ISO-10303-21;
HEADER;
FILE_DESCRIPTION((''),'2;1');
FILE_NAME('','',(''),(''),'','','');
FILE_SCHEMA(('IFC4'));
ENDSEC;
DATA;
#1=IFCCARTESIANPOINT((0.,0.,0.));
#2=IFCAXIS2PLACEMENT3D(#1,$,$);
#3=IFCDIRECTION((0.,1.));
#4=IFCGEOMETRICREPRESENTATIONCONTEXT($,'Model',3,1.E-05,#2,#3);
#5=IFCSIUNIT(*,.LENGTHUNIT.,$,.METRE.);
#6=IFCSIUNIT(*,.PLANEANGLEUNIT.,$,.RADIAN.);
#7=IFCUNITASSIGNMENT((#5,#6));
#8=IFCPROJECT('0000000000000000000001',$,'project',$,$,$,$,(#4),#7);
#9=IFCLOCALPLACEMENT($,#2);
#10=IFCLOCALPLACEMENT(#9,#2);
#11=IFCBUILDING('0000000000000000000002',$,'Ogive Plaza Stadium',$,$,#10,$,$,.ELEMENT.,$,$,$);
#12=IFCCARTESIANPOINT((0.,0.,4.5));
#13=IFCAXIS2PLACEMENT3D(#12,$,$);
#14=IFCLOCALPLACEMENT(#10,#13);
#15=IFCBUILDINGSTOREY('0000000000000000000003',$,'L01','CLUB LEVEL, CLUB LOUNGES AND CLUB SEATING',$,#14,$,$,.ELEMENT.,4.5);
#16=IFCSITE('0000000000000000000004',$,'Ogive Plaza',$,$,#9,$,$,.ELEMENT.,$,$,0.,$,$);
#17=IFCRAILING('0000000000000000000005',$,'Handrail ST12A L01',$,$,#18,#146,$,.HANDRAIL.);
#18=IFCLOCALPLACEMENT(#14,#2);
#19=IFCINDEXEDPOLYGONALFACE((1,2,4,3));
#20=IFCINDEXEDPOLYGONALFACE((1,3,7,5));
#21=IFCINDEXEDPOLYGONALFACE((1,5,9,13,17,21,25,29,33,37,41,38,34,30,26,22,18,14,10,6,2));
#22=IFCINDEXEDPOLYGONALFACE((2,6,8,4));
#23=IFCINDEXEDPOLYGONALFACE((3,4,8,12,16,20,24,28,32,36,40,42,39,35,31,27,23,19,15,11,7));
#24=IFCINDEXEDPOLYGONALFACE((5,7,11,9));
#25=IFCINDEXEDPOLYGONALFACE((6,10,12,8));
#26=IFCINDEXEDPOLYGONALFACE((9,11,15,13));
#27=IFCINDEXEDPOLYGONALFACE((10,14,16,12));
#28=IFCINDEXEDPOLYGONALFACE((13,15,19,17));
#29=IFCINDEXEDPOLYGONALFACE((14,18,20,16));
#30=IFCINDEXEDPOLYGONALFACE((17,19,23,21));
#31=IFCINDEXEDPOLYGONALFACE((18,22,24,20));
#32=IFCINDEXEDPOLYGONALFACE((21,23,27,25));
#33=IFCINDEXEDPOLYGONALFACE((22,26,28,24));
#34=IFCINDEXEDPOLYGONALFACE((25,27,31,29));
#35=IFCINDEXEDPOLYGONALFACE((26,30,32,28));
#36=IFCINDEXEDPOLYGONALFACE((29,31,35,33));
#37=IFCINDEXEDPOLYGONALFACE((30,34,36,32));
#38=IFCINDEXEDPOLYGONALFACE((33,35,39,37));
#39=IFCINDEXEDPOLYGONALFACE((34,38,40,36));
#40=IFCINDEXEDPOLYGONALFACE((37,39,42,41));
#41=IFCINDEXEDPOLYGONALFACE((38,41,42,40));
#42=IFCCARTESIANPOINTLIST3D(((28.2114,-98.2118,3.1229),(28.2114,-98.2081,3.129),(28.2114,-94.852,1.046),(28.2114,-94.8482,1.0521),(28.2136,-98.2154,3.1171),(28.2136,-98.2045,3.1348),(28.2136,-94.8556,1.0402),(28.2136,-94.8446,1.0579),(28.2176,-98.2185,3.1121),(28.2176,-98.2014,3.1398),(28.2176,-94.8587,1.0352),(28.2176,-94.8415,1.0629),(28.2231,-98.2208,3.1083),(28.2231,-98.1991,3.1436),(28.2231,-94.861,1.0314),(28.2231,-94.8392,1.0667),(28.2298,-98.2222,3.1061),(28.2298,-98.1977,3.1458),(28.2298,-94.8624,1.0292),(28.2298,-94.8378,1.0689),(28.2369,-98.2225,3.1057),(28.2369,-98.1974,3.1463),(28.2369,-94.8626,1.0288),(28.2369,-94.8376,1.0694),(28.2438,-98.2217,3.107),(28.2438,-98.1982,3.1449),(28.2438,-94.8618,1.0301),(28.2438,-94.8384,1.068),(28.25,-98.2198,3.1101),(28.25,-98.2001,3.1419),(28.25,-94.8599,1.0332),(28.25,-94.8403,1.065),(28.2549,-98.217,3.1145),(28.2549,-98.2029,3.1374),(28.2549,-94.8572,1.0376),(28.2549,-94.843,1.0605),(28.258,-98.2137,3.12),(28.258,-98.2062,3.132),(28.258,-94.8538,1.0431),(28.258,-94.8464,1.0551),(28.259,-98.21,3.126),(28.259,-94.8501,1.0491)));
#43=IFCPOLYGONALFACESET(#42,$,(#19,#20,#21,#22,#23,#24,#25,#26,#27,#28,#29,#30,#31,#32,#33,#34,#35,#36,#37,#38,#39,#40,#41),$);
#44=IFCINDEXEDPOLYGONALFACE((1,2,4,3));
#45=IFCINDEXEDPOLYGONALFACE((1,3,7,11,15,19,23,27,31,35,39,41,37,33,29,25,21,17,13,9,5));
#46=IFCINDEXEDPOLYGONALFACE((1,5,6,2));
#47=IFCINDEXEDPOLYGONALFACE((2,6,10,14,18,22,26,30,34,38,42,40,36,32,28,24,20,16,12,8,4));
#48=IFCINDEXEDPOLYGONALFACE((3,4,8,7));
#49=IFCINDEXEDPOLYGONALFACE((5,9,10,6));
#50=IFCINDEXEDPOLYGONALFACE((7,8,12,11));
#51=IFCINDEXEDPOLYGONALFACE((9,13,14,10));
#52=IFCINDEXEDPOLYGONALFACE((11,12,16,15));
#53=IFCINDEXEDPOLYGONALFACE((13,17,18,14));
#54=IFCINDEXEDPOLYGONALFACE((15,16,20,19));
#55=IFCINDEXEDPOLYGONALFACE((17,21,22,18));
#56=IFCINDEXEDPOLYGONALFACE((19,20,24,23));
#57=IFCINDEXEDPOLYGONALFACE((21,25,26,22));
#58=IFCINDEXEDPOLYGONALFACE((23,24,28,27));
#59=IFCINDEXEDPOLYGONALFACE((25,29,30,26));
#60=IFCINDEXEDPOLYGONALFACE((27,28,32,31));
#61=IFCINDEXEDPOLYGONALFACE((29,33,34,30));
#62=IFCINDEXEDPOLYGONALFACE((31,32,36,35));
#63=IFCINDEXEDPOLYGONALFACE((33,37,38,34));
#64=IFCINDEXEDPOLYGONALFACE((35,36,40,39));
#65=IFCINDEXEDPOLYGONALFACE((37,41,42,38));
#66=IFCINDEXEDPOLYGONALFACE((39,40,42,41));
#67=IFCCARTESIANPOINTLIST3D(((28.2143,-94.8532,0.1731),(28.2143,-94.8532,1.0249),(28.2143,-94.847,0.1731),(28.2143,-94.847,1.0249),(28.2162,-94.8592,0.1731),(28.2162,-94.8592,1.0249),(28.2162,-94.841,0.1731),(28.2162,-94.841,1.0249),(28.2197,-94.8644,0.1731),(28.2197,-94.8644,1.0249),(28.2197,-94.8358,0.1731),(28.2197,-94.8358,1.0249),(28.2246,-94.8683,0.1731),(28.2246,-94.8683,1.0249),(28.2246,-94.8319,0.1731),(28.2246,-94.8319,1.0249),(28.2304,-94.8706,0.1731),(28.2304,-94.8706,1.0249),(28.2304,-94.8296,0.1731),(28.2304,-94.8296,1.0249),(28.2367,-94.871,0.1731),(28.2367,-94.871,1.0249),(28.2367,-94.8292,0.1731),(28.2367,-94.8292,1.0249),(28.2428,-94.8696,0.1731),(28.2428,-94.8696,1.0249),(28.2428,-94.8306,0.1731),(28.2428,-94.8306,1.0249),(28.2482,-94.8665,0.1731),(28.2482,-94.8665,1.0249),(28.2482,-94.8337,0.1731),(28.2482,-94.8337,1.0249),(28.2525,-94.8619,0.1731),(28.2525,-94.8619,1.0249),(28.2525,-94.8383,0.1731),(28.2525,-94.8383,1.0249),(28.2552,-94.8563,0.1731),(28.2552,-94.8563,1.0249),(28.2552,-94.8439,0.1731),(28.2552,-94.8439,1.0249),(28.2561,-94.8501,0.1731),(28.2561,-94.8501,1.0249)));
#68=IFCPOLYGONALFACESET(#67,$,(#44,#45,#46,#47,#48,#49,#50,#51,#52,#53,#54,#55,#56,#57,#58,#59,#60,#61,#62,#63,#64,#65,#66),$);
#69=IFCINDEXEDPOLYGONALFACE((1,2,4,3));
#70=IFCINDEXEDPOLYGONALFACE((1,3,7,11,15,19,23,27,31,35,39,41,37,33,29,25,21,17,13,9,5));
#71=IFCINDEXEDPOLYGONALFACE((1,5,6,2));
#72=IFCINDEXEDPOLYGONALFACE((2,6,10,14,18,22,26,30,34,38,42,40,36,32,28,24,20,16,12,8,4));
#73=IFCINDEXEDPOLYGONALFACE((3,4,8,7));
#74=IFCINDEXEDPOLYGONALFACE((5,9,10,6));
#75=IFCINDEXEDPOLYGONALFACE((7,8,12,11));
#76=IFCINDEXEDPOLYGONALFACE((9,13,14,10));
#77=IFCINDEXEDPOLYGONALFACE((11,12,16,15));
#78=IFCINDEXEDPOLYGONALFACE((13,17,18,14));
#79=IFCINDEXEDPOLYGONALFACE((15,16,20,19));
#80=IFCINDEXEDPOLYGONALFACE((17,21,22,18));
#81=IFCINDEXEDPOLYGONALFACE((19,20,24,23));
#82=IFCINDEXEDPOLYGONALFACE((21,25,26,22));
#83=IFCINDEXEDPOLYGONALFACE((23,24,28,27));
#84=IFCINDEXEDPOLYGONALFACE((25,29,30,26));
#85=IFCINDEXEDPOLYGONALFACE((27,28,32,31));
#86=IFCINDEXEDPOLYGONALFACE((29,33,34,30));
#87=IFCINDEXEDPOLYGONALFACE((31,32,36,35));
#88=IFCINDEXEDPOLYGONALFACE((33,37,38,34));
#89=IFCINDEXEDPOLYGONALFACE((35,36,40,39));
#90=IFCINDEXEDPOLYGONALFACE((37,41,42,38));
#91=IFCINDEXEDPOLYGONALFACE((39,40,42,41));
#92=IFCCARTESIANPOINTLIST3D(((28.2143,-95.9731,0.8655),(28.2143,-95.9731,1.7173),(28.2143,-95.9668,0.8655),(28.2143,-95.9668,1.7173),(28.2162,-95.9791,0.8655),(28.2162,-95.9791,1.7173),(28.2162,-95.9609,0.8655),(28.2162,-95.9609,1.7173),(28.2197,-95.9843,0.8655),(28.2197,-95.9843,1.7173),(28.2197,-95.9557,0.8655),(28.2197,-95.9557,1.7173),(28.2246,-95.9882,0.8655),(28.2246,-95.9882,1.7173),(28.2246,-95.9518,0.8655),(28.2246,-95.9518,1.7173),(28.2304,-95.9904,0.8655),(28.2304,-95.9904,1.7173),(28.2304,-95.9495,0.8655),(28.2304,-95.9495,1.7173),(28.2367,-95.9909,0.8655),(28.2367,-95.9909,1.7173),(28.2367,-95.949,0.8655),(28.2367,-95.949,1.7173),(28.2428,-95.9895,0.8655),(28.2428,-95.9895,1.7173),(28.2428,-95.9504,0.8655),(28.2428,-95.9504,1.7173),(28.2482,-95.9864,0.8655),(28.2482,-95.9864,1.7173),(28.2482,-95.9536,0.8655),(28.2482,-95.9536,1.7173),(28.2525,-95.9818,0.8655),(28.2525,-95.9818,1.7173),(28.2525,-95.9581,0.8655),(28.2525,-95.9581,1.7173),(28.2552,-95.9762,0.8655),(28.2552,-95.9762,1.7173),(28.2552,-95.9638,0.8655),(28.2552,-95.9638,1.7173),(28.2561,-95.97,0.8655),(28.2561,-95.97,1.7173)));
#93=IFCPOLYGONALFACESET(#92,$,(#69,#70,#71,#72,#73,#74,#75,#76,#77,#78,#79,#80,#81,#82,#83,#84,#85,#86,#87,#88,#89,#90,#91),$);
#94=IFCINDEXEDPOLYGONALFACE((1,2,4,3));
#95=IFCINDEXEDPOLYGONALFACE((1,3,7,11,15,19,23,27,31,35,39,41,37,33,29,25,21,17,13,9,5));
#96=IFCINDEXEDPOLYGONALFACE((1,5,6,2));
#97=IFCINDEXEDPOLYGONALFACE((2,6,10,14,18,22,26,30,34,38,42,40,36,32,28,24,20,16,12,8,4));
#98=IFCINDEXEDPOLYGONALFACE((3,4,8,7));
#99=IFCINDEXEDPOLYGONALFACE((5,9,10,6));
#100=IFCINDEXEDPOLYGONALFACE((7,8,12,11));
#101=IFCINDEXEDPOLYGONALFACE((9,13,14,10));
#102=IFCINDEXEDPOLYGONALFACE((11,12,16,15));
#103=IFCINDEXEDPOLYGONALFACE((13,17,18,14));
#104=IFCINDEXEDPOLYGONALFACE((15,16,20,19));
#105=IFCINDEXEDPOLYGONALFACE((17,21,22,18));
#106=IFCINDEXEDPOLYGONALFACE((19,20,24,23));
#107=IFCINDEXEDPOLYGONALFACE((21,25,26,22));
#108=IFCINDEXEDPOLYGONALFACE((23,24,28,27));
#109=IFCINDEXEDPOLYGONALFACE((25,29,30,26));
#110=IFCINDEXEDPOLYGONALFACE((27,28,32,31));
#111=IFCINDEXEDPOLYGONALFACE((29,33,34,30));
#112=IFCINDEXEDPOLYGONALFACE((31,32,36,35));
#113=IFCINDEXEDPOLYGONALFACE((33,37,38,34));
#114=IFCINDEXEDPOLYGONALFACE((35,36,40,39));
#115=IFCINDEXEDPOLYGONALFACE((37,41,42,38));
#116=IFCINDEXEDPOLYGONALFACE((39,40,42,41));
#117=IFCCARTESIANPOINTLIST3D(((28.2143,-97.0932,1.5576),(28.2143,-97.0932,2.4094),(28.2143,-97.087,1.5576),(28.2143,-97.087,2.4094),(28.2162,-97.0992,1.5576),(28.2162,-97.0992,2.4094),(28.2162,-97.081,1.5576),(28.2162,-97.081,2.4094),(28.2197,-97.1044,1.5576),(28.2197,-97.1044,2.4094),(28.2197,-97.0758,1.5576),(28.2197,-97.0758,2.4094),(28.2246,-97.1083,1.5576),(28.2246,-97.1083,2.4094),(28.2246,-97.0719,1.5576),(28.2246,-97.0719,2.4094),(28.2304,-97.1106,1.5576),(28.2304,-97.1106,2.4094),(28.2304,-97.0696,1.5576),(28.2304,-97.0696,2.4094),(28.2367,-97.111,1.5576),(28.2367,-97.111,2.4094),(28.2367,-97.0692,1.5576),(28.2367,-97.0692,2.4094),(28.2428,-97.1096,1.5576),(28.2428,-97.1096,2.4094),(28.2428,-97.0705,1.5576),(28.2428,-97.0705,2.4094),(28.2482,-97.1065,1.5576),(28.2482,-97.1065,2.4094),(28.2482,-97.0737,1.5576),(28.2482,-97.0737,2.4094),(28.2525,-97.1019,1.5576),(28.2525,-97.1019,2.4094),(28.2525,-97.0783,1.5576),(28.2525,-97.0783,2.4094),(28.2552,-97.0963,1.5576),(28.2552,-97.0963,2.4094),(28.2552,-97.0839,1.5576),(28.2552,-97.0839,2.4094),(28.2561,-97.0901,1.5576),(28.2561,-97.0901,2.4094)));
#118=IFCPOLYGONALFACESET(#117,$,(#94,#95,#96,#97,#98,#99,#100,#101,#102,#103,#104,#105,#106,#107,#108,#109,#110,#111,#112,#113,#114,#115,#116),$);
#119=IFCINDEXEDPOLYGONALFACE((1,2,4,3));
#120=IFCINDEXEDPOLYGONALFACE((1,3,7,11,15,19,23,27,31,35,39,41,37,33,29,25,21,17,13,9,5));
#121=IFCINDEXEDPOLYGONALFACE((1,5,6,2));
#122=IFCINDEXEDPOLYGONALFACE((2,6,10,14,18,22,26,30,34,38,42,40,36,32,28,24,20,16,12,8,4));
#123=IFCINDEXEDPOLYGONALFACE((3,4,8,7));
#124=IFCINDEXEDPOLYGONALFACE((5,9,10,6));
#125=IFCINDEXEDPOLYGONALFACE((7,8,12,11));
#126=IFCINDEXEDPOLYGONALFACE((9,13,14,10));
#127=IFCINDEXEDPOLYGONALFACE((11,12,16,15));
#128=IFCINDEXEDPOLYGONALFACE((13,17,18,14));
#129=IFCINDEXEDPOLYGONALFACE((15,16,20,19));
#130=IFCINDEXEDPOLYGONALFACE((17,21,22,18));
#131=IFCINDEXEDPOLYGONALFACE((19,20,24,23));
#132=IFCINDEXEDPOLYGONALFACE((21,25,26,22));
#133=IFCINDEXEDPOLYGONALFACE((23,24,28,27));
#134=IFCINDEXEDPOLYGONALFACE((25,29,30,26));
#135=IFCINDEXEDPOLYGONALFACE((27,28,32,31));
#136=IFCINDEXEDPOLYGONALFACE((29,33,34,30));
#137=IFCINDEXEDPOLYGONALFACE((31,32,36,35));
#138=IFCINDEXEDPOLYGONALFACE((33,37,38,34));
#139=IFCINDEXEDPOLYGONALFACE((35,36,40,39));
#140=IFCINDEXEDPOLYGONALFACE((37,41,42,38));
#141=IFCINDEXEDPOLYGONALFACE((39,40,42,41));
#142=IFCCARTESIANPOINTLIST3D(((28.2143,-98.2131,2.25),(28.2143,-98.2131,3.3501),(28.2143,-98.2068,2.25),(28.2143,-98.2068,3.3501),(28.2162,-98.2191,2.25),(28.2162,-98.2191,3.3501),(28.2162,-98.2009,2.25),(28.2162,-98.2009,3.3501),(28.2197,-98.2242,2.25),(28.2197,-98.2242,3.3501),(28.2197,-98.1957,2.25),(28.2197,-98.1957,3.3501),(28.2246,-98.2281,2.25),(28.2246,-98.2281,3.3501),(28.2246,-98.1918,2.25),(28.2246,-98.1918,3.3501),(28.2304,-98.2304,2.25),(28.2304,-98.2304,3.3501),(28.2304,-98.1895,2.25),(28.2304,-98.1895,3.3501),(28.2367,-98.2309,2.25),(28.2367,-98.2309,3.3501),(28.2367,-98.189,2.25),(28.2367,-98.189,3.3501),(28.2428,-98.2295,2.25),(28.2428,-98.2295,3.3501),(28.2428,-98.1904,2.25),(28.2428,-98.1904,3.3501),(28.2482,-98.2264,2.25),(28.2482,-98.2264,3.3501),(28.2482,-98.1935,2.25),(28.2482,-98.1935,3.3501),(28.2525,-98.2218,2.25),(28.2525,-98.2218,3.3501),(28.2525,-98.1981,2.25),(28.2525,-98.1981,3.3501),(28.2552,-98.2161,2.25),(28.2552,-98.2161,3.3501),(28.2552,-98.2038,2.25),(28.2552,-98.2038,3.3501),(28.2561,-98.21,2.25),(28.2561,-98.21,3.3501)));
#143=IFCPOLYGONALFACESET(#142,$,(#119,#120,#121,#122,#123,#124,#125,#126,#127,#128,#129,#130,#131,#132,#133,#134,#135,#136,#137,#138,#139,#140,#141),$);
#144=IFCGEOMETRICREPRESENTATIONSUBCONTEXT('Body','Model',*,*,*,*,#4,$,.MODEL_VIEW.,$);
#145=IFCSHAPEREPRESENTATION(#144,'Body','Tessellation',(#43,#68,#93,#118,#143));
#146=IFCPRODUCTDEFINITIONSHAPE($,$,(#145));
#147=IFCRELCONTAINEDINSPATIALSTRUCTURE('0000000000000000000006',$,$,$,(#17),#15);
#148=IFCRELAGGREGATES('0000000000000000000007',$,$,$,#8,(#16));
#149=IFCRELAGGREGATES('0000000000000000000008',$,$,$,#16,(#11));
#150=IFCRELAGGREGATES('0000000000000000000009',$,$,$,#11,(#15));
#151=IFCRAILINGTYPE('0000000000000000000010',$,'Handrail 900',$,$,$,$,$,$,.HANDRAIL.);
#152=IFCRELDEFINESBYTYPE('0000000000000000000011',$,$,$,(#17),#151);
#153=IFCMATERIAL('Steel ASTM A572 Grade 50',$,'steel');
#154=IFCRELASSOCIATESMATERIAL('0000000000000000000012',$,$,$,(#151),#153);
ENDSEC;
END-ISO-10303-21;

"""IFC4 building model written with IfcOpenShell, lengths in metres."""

from ifc_helpers import new_model, si_unit, direction, frame, origin, origin_2d, place, context, subcontext, project, spatial, circle, extrude, material, type_object, element, save


model = new_model("IFC4")

# Units and contexts
model_context = context("Model", 3, precision=1e-05, world=origin(), true_north=direction((0.0, 1.0)))
body_context = subcontext(model_context, "Body", "Model", "MODEL_VIEW")
ifc_project = project(units=[si_unit("LENGTHUNIT", "METRE"), si_unit("PLANEANGLEUNIT", "RADIAN")], contexts=[model_context])

# Site, building, storey
site_placement = place(None, origin())
site = spatial("IfcSite", under=ifc_project, at=site_placement, Name="Ogive Plaza", CompositionType="ELEMENT", RefElevation=0.0)
building_placement = place(site_placement, origin())
building = spatial("IfcBuilding", under=site, at=building_placement, Name="Ogive Plaza Stadium", CompositionType="ELEMENT")
storey_placement = place(building_placement, frame((0.0, 0.0, 4.5)))
storey = spatial("IfcBuildingStorey", under=building, at=storey_placement, Name="L01", Description="CLUB LEVEL, CLUB LOUNGES AND CLUB SEATING", CompositionType="ELEMENT", Elevation=4.5)

# Railing
ifc_material_1 = material(Name="Steel ASTM A572 Grade 50", Category="steel")
railing_type_1 = type_object("IfcRailingType", Name="Handrail 900", PredefinedType="HANDRAIL", material=ifc_material_1)
for number, where, name in (
    (1, (28.2351, -94.8501, 0.1731), "Handrail ST12A L01"),
):
    element("IfcRailing", number, at=place(storey_placement, frame(where)), inside=storey, type_object=railing_type_1, Name=name, PredefinedType="HANDRAIL", context=body_context, shape_type="SweptSolid", body=[
        extrude(circle(Radius=0.0239, at=origin_2d()), frame((0.0, 0.0, 0.876), z_axis=(0.0, -0.850606, 0.525803), x_axis=(1.0, 0.0, 0.0)), (0.0, 0.0, 1.0), 3.95),
        extrude(circle(Radius=0.021, at=origin_2d()), origin(), (0.0, 0.0, 1.0), 0.8518),
        extrude(circle(Radius=0.021, at=origin_2d()), frame((0.0, -1.1199, 0.6924)), (0.0, 0.0, 1.0), 0.8518),
        extrude(circle(Radius=0.021, at=origin_2d()), frame((0.0, -2.24, 1.3845)), (0.0, 0.0, 1.0), 0.8518),
        extrude(circle(Radius=0.021, at=origin_2d()), frame((0.0, -3.3599, 2.0769)), (0.0, 0.0, 1.0), 1.1001),
    ])

save(model, "model.ifc")
